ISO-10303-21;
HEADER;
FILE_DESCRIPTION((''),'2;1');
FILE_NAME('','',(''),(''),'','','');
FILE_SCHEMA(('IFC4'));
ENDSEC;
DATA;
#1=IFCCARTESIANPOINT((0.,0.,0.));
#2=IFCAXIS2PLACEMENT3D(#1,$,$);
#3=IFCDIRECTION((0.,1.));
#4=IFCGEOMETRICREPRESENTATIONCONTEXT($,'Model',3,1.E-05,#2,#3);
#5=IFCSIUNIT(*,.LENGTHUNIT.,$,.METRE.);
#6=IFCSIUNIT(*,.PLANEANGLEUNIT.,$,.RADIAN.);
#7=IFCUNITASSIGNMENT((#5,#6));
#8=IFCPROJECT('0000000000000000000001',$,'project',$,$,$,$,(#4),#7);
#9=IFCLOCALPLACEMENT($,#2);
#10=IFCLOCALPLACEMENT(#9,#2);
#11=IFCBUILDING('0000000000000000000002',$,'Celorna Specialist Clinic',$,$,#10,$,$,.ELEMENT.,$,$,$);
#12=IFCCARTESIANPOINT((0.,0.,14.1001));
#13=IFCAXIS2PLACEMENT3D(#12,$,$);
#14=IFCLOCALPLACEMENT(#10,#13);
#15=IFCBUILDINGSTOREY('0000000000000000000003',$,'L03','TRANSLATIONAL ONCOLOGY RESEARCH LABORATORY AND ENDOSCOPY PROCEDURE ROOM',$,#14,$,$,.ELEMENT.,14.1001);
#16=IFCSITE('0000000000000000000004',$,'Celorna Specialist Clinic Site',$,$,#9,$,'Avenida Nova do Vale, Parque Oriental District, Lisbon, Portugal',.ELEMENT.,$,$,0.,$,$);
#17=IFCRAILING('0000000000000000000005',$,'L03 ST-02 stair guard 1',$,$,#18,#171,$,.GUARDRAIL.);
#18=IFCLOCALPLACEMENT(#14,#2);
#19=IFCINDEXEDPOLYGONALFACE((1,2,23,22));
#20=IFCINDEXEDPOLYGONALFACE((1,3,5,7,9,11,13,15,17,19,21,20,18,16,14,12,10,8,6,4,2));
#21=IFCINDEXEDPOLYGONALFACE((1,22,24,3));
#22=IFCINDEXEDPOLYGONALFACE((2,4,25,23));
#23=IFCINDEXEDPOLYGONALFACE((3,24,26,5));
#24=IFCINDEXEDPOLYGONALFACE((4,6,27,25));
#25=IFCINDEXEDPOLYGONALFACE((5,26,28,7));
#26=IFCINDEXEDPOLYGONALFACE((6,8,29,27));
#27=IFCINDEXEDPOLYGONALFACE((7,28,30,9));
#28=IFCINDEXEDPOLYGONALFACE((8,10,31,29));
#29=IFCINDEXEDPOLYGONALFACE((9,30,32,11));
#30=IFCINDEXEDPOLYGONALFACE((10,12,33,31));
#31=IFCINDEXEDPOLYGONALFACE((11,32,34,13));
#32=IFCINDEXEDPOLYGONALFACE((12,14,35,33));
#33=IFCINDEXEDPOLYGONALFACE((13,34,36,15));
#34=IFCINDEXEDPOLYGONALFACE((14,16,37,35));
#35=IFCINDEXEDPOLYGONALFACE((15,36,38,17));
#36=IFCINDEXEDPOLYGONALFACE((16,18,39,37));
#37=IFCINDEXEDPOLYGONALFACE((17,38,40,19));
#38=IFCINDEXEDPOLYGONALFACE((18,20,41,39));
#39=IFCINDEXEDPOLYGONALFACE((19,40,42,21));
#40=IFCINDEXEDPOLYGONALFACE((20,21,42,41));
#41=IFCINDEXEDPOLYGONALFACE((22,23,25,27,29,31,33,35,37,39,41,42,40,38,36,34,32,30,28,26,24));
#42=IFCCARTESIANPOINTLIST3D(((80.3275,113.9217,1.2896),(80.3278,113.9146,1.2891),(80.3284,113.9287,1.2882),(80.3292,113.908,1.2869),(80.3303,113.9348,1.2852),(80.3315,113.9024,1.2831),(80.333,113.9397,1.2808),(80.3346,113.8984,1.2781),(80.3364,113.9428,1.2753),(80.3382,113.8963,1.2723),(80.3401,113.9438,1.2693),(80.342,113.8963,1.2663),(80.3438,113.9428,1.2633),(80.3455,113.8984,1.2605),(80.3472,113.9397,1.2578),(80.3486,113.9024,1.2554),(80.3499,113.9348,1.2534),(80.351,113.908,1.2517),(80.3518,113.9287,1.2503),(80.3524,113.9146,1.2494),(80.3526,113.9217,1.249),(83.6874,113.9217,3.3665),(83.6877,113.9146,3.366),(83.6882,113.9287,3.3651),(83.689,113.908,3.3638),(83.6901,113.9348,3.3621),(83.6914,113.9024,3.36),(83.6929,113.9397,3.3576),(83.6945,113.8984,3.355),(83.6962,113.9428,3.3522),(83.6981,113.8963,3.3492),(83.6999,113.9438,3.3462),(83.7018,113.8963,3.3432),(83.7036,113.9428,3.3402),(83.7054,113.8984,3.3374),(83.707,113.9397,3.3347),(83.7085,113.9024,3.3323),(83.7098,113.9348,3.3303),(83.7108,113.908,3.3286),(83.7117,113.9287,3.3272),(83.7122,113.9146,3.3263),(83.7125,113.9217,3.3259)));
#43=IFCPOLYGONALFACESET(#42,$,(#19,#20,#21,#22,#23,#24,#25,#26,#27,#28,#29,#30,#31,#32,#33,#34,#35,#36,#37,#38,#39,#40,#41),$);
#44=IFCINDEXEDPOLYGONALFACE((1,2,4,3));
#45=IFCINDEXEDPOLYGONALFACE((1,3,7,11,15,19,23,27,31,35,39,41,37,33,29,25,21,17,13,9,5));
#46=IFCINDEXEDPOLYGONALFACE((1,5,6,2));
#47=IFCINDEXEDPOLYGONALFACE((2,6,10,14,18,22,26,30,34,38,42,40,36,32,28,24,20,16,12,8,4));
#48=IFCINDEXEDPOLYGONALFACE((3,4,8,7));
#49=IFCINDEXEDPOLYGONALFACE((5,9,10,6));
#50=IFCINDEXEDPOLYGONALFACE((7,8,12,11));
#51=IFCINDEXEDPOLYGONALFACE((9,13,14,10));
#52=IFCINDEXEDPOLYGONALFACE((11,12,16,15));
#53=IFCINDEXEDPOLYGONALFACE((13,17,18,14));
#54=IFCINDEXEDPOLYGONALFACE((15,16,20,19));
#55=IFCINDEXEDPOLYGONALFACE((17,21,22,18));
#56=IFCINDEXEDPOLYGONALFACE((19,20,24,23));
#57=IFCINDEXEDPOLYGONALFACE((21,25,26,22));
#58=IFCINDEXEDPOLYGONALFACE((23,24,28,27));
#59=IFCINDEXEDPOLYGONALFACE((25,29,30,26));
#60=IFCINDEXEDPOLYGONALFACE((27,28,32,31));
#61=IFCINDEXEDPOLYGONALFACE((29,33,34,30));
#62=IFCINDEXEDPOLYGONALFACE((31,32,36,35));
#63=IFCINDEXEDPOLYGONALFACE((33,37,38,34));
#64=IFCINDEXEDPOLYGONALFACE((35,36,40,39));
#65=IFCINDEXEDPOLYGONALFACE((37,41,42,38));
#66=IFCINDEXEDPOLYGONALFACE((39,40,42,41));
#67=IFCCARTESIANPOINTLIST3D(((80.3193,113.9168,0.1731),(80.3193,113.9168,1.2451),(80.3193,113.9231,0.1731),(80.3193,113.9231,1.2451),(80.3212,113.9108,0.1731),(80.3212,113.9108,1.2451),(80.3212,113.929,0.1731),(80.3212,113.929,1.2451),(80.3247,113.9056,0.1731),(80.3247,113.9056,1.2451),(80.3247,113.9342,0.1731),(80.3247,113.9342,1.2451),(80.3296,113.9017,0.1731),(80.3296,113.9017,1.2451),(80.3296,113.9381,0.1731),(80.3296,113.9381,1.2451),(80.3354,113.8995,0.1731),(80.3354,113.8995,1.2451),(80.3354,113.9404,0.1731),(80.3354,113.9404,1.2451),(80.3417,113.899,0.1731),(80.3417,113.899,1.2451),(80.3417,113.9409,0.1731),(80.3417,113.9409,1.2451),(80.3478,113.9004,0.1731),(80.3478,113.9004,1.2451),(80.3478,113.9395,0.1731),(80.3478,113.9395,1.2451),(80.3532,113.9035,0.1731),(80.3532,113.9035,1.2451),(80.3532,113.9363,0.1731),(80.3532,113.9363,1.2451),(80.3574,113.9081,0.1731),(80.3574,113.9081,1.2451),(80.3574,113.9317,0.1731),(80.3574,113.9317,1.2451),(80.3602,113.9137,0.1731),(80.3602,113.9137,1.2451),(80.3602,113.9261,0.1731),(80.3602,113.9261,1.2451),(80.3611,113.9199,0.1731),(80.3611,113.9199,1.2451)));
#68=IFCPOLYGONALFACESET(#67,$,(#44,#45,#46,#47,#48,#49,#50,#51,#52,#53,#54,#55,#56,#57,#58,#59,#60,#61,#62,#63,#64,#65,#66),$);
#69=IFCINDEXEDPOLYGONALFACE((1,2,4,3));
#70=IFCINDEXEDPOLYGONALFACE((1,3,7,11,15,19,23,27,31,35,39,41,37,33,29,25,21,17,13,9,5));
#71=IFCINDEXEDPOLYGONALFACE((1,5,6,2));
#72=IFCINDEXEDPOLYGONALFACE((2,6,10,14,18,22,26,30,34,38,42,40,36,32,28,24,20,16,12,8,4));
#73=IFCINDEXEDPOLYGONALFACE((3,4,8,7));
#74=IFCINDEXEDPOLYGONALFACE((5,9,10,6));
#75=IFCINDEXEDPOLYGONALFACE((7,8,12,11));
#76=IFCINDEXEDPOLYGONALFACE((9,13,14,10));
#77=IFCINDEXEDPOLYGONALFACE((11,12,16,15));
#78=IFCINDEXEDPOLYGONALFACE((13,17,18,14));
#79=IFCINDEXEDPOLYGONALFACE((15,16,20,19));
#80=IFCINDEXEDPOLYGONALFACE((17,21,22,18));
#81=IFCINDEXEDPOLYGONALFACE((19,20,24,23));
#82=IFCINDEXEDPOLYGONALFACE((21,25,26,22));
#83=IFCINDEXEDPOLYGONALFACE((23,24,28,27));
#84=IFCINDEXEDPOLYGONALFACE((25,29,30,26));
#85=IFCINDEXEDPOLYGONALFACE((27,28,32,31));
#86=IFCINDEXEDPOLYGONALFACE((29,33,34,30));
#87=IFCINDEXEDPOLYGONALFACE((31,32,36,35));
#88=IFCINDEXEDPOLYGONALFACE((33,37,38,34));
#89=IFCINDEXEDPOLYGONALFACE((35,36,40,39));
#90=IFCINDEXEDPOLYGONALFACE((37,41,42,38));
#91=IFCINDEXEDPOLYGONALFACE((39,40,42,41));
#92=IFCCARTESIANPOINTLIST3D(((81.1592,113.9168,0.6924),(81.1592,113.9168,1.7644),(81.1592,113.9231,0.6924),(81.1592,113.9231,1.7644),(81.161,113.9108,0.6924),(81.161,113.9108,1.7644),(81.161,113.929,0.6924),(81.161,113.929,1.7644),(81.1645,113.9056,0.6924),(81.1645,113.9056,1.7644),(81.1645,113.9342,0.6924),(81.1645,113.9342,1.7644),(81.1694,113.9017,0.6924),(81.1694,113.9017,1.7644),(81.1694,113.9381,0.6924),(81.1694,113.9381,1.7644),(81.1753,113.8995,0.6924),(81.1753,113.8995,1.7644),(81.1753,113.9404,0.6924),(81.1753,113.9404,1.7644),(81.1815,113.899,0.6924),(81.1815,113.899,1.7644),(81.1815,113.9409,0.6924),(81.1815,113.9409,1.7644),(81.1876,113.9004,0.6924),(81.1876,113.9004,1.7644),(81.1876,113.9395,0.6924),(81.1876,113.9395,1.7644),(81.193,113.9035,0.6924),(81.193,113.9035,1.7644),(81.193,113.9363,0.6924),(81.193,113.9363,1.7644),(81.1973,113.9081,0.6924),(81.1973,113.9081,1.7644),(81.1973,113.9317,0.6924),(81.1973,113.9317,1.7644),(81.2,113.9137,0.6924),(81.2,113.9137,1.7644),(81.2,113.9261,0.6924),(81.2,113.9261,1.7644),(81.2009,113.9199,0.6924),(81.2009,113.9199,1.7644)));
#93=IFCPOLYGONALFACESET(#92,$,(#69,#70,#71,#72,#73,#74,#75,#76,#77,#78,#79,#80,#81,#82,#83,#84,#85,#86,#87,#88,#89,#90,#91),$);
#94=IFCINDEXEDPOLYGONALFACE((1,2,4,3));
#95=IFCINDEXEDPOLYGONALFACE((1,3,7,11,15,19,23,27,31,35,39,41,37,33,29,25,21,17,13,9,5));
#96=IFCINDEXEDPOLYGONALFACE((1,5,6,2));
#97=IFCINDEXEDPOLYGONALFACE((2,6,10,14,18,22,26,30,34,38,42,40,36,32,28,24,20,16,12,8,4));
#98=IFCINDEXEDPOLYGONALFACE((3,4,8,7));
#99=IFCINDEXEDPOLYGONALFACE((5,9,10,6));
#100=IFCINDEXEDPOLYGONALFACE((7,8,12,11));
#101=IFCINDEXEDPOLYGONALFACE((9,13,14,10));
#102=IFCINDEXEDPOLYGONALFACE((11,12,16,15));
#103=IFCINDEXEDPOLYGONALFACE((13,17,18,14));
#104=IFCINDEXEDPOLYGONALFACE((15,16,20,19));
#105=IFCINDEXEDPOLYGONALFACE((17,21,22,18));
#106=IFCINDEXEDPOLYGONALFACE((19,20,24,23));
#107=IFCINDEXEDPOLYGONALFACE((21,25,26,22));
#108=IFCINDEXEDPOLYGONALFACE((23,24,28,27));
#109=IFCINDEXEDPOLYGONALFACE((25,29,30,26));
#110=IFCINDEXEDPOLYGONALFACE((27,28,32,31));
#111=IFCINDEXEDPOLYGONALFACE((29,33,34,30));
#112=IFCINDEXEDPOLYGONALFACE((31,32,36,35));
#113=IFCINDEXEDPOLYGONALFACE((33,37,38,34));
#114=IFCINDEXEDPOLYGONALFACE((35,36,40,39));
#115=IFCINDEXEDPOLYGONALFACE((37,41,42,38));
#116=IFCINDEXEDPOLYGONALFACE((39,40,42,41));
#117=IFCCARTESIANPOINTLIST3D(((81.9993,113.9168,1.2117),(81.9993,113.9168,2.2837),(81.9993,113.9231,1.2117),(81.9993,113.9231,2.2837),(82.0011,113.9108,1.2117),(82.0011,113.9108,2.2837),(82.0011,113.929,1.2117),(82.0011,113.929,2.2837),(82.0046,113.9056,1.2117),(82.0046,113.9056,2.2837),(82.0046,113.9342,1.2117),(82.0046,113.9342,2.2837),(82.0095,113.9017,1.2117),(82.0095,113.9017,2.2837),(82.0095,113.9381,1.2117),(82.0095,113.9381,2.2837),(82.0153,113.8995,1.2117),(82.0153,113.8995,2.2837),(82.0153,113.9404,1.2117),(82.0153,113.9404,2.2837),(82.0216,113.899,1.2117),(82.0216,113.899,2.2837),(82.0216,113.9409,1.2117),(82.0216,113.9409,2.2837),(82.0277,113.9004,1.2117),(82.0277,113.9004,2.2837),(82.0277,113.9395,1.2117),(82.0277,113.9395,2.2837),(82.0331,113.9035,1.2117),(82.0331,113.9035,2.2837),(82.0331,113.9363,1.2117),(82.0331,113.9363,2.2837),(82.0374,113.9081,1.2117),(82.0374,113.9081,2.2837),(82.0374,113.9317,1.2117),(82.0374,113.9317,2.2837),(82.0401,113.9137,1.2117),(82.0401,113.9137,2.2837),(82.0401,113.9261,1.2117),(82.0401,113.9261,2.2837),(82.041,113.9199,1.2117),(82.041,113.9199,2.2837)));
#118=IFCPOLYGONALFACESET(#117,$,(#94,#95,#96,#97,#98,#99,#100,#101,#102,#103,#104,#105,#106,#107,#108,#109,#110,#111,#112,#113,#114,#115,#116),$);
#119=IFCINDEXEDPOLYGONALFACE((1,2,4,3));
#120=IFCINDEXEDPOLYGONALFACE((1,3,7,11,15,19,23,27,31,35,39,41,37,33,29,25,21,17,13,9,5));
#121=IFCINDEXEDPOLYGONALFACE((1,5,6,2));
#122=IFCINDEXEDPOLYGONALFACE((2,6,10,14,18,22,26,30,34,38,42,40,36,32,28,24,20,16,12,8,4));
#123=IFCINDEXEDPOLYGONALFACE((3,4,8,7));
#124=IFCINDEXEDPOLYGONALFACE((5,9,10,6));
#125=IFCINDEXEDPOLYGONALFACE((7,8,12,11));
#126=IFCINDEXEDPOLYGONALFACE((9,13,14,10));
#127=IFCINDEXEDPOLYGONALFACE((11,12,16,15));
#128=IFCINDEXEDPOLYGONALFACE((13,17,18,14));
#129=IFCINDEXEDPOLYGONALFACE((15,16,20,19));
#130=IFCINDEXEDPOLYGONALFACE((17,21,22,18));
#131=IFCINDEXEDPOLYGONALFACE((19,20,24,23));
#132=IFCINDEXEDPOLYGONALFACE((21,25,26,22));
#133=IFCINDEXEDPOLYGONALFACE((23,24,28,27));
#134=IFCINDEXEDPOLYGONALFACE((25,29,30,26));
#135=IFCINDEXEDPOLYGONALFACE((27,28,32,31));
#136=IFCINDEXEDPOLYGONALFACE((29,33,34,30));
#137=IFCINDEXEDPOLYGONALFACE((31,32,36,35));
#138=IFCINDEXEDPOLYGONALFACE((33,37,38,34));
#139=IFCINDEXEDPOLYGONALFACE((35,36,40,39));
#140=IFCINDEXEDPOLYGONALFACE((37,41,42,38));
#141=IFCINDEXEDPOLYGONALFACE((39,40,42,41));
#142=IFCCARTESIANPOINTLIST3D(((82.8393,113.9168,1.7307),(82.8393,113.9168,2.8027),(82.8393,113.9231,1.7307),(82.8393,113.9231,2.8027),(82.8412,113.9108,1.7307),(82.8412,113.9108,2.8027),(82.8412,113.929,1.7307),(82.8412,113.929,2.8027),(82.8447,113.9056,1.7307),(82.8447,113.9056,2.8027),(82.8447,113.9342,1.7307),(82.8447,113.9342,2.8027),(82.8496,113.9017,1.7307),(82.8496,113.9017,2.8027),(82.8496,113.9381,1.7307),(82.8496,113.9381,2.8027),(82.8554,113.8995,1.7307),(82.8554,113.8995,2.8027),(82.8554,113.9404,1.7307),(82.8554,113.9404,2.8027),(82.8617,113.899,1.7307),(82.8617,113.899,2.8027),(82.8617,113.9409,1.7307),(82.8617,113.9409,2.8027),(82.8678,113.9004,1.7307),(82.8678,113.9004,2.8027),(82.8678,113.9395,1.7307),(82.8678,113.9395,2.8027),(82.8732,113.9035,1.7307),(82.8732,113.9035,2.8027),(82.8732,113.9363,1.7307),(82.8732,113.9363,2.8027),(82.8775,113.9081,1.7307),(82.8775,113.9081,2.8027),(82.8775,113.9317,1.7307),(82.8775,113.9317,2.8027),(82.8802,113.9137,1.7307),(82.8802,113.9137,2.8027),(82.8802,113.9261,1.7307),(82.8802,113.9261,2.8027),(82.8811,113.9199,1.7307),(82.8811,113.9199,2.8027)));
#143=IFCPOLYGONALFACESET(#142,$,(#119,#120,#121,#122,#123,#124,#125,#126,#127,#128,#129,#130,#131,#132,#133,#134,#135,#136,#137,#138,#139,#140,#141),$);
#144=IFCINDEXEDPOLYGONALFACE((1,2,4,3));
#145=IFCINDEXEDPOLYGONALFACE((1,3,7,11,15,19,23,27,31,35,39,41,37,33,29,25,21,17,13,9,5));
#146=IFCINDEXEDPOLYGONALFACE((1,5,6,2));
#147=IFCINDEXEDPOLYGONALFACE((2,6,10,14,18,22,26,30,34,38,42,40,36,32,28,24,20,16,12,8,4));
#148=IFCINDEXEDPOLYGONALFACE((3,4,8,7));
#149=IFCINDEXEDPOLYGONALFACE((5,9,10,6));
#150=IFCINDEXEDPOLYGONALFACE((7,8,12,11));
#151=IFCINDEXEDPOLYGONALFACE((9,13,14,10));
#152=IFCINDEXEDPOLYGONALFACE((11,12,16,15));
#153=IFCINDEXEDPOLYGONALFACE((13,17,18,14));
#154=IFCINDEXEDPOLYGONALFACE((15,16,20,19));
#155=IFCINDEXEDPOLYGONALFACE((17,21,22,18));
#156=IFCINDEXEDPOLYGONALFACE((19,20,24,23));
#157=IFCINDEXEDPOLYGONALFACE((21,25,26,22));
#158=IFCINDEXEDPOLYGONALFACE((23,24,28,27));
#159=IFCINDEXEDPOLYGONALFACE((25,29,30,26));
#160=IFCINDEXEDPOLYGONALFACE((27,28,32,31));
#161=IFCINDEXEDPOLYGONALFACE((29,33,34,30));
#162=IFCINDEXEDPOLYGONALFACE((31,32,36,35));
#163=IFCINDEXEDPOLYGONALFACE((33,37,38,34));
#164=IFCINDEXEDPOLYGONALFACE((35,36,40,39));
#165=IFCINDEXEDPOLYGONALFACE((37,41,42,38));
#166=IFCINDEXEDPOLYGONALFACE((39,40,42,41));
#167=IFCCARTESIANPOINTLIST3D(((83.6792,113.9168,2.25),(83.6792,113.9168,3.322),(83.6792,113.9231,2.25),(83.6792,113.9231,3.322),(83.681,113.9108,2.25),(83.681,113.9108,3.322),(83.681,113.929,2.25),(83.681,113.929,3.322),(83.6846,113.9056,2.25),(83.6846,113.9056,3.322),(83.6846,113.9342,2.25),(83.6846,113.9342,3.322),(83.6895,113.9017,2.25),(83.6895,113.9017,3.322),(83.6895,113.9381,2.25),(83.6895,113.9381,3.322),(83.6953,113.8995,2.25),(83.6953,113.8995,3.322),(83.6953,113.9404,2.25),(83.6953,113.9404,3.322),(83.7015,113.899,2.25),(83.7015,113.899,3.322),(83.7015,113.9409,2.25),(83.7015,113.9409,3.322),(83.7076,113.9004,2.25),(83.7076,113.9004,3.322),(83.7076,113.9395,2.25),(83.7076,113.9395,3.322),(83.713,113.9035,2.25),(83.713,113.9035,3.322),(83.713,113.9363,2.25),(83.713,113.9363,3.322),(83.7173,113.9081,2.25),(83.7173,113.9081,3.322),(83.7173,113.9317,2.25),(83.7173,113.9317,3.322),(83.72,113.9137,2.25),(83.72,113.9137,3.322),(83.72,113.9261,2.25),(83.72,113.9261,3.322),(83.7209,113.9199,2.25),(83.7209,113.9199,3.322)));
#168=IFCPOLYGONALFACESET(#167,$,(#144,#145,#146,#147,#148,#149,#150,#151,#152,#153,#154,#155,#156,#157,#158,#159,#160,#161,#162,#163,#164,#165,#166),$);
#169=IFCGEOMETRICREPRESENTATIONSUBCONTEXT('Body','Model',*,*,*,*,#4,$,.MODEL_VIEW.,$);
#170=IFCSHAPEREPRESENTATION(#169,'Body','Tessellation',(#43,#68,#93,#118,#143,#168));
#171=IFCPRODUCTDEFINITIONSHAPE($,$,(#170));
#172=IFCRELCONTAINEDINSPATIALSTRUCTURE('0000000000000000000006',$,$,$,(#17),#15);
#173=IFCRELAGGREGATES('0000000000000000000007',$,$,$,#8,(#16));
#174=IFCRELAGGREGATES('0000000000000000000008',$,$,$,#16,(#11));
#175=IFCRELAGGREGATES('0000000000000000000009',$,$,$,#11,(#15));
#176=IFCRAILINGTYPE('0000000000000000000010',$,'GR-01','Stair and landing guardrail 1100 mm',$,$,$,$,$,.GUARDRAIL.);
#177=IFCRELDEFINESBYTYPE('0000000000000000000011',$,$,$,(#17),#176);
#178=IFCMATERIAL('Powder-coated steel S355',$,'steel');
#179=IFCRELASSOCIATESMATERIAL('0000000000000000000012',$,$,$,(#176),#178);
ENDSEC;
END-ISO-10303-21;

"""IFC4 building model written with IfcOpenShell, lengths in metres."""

from ifc_helpers import new_model, si_unit, direction, frame, origin, origin_2d, place, context, subcontext, project, spatial, circle, extrude, material, type_object, element, save


model = new_model("IFC4")

# Units and contexts
model_context = context("Model", 3, precision=1e-05, world=origin(), true_north=direction((0.0, 1.0)))
body_context = subcontext(model_context, "Body", "Model", "MODEL_VIEW")
ifc_project = project(units=[si_unit("LENGTHUNIT", "METRE"), si_unit("PLANEANGLEUNIT", "RADIAN")], contexts=[model_context])

# Site, building, storey
site_placement = place(None, origin())
site = spatial("IfcSite", under=ifc_project, at=site_placement, Name="Celorna Specialist Clinic Site", LongName="Avenida Nova do Vale, Parque Oriental District, Lisbon, Portugal", CompositionType="ELEMENT", RefElevation=0.0)
building_placement = place(site_placement, origin())
building = spatial("IfcBuilding", under=site, at=building_placement, Name="Celorna Specialist Clinic", CompositionType="ELEMENT")
storey_placement = place(building_placement, frame((0.0, 0.0, 14.1001)))
storey = spatial("IfcBuildingStorey", under=building, at=storey_placement, Name="L03", Description="TRANSLATIONAL ONCOLOGY RESEARCH LABORATORY AND ENDOSCOPY PROCEDURE ROOM", CompositionType="ELEMENT", Elevation=14.1001)

# Railing
ifc_material_1 = material(Name="Powder-coated steel S355", Category="steel")
railing_type_1 = type_object("IfcRailingType", Name="GR-01", Description="Stair and landing guardrail 1100 mm", PredefinedType="GUARDRAIL", material=ifc_material_1)
railing_1_placement = place(storey_placement, frame((80.3401, 113.9199, 0.1731)))
element("IfcRailing", 1, at=railing_1_placement, inside=storey, type_object=railing_type_1, Name="L03 ST-02 stair guard 1", PredefinedType="GUARDRAIL", context=body_context, shape_type="SweptSolid", body=[
    extrude(circle(Radius=0.0239, at=origin_2d()), frame((0.0, 0.0, 1.0962), z_axis=(0.850606, 0.0, 0.525803), x_axis=(0.0, 1.0, 0.0)), (0.0, 0.0, 1.0), 3.95),
    extrude(circle(Radius=0.021, at=origin_2d()), origin(), (0.0, 0.0, 1.0), 1.072),
    extrude(circle(Radius=0.021, at=origin_2d()), frame((0.8398, 0.0, 0.5193)), (0.0, 0.0, 1.0), 1.072),
    extrude(circle(Radius=0.021, at=origin_2d()), frame((1.6799, 0.0, 1.0386)), (0.0, 0.0, 1.0), 1.072),
    extrude(circle(Radius=0.021, at=origin_2d()), frame((2.52, 0.0, 1.5576)), (0.0, 0.0, 1.0), 1.072),
    extrude(circle(Radius=0.021, at=origin_2d()), frame((3.3599, 0.0, 2.0769)), (0.0, 0.0, 1.0), 1.072),
])

save(model, "model.ifc")
